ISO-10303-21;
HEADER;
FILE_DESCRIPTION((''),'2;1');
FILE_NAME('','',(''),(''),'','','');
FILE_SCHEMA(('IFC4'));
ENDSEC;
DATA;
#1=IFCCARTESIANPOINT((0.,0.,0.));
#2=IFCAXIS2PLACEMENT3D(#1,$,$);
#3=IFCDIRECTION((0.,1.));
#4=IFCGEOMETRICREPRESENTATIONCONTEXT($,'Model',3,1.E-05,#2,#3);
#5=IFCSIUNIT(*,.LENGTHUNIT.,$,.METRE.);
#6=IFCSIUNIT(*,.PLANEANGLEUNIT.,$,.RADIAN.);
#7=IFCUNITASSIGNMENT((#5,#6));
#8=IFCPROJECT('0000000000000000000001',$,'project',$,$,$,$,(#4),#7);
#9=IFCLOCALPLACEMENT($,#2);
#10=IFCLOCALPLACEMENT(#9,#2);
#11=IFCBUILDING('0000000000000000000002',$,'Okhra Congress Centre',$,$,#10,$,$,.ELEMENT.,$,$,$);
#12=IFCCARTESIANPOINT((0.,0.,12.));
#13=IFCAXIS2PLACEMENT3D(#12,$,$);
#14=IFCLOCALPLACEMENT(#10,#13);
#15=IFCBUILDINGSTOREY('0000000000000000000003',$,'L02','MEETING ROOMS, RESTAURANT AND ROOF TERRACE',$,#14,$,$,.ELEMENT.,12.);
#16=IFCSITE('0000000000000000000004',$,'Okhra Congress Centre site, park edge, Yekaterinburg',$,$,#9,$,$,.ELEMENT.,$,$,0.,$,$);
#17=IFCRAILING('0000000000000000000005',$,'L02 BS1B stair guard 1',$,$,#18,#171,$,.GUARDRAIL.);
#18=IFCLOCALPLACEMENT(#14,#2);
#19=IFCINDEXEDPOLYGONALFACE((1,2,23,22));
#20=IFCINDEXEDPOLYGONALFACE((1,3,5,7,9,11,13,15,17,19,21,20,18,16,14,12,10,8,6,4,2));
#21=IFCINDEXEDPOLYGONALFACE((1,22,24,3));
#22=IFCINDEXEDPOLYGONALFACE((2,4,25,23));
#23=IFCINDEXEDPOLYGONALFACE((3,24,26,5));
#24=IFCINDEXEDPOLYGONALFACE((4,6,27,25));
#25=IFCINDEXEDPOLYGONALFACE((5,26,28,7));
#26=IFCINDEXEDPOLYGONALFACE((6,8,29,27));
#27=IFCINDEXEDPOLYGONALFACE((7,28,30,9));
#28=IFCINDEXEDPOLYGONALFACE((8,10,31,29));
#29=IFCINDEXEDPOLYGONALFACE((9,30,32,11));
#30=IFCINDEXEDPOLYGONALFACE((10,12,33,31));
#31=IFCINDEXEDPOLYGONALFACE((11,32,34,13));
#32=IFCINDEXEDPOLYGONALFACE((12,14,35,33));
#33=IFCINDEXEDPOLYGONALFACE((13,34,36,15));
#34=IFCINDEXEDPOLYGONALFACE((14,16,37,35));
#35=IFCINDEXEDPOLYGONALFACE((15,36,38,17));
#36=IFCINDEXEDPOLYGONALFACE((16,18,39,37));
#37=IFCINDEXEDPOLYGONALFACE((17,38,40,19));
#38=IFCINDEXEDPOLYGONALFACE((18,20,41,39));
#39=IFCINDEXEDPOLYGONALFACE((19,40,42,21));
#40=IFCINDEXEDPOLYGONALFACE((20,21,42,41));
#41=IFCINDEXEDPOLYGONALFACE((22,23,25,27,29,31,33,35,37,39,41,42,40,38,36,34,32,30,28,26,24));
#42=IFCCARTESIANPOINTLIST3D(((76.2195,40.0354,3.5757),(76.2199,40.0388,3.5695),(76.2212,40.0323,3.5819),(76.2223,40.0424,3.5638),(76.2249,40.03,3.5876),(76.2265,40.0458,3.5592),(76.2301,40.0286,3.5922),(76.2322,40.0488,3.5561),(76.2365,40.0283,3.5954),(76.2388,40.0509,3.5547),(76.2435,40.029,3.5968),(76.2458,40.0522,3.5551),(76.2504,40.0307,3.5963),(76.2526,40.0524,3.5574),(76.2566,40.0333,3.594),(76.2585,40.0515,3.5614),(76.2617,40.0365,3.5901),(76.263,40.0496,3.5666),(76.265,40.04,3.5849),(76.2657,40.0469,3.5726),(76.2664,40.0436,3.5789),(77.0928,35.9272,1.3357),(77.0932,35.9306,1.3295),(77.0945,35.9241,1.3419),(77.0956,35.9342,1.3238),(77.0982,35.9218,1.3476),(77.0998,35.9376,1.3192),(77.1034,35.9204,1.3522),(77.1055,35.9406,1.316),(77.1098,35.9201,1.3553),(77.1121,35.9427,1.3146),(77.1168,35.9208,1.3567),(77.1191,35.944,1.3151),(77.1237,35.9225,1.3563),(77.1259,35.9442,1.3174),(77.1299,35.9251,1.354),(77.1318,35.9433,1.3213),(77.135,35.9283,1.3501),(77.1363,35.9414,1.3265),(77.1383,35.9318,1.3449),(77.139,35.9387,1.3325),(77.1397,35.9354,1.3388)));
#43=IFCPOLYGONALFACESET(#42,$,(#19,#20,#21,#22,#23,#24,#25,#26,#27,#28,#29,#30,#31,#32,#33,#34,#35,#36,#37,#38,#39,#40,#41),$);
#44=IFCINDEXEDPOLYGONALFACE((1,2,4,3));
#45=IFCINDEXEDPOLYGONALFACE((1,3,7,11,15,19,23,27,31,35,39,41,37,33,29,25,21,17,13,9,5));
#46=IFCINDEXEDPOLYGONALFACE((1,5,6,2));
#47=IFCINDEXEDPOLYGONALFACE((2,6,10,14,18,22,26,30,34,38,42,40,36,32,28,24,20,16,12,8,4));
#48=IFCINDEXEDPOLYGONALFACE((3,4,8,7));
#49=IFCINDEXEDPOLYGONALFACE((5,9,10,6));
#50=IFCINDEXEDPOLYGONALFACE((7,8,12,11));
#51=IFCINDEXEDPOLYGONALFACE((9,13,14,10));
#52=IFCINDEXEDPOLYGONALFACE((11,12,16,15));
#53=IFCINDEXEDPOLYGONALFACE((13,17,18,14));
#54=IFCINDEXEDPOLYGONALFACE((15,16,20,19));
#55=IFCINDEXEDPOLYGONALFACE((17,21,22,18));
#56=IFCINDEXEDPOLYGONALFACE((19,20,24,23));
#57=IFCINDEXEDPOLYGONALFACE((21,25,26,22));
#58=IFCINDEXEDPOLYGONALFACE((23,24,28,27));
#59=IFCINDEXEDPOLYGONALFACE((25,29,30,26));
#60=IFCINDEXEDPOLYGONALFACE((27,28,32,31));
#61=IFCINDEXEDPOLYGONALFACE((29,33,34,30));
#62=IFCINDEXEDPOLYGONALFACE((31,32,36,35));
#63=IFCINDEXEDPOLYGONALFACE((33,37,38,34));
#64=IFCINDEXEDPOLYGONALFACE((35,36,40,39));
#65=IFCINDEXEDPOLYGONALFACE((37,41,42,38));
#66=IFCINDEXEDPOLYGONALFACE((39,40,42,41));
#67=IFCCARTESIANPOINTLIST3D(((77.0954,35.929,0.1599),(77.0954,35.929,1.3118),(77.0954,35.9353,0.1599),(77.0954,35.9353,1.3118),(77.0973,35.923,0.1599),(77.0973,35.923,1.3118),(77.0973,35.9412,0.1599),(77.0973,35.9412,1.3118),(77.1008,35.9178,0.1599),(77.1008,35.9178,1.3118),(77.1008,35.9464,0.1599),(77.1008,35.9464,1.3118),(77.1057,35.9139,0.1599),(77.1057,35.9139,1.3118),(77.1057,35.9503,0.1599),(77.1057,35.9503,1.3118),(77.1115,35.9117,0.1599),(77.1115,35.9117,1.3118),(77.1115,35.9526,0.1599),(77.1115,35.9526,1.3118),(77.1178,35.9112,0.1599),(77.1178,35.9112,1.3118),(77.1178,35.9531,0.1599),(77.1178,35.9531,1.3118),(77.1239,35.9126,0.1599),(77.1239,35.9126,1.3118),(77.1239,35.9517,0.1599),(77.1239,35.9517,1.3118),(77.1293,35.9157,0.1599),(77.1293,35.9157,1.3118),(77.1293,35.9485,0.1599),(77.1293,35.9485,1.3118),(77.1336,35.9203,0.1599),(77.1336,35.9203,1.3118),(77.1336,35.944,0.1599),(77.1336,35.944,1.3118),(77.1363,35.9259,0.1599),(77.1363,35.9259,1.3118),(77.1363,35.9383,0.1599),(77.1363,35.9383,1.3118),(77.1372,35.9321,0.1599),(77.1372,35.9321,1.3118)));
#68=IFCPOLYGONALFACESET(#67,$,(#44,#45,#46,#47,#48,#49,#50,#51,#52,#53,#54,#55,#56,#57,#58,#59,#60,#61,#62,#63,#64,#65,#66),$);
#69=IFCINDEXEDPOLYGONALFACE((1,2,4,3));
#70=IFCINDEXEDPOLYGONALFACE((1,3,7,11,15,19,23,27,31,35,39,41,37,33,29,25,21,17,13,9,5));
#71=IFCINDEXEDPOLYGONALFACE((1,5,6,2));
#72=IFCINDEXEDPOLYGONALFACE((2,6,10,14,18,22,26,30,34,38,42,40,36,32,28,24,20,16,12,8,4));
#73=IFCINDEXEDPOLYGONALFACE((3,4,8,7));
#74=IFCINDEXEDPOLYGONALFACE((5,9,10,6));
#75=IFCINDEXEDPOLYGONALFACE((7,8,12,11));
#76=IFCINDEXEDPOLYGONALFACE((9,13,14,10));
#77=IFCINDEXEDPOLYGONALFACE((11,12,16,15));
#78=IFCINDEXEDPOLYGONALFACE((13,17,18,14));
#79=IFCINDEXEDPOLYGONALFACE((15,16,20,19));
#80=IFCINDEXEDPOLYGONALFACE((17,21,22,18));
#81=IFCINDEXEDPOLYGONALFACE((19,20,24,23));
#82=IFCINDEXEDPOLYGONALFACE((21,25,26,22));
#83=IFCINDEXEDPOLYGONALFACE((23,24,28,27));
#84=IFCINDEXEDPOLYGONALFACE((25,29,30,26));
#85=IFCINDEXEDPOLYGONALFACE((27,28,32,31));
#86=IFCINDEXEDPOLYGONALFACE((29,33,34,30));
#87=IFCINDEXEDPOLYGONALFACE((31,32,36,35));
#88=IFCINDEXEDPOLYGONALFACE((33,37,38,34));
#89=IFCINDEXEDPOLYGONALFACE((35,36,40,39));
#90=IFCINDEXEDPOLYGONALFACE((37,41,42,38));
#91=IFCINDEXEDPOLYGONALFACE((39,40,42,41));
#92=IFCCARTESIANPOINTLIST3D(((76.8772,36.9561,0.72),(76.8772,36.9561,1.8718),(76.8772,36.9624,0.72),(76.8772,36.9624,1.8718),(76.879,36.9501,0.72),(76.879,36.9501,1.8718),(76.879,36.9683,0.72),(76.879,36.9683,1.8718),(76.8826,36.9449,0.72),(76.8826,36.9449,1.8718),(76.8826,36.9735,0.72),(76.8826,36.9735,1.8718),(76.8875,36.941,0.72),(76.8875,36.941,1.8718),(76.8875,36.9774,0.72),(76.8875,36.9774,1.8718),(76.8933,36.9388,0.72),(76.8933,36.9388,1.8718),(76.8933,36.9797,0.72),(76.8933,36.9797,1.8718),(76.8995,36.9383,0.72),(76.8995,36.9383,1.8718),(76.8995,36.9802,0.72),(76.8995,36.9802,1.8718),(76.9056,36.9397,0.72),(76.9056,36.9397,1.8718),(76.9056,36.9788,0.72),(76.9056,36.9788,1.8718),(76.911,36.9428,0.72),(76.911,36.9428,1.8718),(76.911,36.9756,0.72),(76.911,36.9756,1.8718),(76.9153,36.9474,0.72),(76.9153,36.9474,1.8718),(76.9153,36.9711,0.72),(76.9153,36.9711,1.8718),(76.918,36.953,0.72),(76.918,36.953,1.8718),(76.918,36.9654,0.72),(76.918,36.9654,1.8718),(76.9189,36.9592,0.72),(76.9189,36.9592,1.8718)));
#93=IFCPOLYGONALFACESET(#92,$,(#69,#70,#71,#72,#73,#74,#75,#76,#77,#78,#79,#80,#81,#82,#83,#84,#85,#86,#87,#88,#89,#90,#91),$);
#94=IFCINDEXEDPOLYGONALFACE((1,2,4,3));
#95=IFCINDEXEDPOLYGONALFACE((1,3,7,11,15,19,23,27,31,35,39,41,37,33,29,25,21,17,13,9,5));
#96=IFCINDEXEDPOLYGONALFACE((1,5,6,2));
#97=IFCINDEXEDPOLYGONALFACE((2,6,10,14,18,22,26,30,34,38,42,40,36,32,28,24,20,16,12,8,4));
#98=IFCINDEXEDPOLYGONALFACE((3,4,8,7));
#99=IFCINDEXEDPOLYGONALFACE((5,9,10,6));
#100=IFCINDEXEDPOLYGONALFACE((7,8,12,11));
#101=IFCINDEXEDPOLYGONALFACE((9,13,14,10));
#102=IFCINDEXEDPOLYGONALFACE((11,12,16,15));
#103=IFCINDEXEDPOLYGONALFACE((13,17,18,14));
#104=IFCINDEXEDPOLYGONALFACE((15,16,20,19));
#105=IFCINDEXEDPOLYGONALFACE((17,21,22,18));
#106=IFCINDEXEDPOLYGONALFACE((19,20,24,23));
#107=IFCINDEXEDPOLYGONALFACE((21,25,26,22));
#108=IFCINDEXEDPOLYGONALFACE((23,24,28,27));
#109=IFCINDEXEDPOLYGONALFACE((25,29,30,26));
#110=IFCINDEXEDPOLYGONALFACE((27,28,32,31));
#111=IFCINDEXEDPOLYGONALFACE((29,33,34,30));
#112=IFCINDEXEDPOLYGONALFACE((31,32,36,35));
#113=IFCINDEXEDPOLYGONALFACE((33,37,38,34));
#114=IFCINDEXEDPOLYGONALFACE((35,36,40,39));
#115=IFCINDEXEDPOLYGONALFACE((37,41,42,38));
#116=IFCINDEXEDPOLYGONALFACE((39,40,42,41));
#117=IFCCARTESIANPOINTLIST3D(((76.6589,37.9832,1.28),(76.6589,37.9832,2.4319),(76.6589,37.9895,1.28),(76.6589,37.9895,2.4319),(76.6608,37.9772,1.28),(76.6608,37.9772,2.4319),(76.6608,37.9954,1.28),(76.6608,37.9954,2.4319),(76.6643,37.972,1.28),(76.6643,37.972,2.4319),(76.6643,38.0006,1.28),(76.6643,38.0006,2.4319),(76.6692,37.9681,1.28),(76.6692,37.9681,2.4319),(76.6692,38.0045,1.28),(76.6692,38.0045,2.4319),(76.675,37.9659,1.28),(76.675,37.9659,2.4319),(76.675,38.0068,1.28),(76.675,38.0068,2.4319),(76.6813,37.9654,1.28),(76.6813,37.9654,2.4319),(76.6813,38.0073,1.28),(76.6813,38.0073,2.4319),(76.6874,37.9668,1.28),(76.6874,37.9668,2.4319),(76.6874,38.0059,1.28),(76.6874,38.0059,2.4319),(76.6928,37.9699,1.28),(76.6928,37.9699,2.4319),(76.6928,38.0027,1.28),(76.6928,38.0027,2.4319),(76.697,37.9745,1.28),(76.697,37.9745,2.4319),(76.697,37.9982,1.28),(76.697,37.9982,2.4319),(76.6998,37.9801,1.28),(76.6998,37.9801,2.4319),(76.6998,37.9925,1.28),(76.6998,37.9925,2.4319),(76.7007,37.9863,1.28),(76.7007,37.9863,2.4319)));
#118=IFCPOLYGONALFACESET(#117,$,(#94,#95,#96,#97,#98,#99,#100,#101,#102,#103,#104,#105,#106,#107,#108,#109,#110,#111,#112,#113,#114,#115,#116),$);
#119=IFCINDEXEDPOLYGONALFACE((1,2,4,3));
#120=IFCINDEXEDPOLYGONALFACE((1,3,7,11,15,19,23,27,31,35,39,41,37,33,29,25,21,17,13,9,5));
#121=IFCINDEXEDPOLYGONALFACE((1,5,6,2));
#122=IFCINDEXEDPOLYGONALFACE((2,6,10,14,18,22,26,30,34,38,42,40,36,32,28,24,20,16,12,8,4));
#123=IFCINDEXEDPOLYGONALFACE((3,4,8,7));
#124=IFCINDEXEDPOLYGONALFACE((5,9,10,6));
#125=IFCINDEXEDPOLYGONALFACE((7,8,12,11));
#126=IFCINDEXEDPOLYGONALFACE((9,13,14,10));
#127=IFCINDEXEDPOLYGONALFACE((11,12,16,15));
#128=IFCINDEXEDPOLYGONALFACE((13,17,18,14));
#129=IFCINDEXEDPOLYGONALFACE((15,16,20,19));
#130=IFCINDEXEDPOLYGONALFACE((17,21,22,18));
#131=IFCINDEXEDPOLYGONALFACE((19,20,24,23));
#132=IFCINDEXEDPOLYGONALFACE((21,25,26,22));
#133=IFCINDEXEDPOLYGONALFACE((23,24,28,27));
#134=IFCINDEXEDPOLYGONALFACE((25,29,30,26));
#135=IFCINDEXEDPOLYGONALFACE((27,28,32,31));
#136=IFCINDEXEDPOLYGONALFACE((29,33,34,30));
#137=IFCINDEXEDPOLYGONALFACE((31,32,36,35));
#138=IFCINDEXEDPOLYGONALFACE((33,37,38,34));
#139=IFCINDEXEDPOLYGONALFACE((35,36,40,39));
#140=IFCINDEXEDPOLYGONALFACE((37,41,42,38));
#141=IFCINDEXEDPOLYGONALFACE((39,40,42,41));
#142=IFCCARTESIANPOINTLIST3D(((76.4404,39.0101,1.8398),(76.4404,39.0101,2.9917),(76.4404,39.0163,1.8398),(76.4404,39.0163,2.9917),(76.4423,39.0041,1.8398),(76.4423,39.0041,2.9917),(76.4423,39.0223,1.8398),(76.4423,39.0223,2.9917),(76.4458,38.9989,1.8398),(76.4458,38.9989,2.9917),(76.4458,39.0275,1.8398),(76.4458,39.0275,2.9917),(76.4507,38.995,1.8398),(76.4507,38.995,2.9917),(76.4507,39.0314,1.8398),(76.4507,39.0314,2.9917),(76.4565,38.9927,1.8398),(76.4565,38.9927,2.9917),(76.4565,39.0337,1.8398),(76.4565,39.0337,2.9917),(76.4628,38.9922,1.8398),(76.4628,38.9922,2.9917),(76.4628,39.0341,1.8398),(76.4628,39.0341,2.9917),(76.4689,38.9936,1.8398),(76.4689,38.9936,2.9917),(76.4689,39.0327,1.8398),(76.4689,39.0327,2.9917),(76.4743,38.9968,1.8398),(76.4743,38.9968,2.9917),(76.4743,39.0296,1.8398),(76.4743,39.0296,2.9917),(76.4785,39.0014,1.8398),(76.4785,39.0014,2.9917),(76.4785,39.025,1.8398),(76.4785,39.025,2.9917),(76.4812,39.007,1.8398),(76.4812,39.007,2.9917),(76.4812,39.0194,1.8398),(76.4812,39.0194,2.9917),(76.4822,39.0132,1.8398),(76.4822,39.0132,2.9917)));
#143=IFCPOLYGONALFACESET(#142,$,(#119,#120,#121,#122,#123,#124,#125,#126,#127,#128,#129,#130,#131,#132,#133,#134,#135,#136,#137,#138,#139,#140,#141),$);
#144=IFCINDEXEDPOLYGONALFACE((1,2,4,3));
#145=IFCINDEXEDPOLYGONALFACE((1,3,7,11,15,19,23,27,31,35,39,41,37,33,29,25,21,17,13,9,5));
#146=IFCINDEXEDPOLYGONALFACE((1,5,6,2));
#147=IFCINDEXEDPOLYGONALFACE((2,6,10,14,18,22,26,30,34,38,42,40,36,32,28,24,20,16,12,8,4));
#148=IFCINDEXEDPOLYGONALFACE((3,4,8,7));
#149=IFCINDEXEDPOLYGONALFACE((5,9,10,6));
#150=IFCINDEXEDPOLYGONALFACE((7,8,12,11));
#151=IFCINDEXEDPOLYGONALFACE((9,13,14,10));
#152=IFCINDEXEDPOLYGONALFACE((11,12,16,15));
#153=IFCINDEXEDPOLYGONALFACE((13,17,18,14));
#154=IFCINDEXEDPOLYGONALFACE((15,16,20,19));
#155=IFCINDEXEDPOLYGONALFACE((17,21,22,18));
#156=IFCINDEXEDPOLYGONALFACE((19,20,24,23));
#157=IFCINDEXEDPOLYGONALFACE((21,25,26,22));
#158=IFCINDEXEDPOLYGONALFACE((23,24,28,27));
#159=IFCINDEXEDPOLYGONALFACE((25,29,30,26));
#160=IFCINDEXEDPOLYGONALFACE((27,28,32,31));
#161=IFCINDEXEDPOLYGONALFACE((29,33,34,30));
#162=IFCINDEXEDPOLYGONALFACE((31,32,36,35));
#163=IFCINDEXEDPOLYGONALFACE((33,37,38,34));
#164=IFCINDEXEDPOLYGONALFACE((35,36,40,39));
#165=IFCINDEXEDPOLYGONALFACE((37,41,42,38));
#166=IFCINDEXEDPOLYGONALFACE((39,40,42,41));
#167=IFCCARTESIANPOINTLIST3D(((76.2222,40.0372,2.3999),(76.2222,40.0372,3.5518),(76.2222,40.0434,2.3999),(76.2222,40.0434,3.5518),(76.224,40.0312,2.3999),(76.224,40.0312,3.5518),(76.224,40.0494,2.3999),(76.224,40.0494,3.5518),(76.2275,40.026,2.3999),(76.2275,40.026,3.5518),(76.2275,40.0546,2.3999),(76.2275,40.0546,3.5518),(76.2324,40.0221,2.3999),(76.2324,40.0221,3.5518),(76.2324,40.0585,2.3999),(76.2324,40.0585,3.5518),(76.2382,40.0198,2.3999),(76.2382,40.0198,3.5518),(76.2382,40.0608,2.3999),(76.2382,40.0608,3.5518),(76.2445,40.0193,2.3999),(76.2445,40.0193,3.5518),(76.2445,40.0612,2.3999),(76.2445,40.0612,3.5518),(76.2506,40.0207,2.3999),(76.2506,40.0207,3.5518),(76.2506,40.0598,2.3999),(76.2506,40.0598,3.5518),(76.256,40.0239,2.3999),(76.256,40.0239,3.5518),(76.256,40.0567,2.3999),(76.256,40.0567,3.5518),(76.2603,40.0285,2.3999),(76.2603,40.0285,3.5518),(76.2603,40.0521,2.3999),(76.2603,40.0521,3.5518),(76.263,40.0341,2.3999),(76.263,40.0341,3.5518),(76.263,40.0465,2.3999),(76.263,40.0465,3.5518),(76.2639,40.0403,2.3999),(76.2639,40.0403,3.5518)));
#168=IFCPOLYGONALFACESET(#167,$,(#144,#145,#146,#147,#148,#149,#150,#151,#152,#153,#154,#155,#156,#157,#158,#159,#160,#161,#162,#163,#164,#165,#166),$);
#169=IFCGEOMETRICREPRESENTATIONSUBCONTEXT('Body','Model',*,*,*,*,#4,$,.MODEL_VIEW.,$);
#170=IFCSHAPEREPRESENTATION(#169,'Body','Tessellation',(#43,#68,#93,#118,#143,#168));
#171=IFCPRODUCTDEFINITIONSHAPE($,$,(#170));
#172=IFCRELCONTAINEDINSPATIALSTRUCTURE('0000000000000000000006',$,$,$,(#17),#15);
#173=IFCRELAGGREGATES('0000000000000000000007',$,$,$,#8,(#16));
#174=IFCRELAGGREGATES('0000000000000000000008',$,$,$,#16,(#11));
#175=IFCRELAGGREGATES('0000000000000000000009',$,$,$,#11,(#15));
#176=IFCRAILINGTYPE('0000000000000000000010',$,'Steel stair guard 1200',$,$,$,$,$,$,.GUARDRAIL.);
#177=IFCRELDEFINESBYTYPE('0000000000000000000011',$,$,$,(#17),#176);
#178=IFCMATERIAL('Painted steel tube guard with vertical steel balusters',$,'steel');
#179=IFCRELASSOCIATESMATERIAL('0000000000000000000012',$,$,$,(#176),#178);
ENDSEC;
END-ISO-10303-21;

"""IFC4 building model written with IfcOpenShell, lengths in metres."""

from ifc_helpers import new_model, si_unit, direction, frame, origin, origin_2d, place, context, subcontext, project, spatial, circle, extrude, material, type_object, element, save


model = new_model("IFC4")

# Units and contexts
model_context = context("Model", 3, precision=1e-05, world=origin(), true_north=direction((0.0, 1.0)))
body_context = subcontext(model_context, "Body", "Model", "MODEL_VIEW")
ifc_project = project(units=[si_unit("LENGTHUNIT", "METRE"), si_unit("PLANEANGLEUNIT", "RADIAN")], contexts=[model_context])

# Site, building, storey
site_placement = place(None, origin())
site = spatial("IfcSite", under=ifc_project, at=site_placement, Name="Okhra Congress Centre site, park edge, Yekaterinburg", CompositionType="ELEMENT", RefElevation=0.0)
building_placement = place(site_placement, origin())
building = spatial("IfcBuilding", under=site, at=building_placement, Name="Okhra Congress Centre", CompositionType="ELEMENT")
storey_placement = place(building_placement, frame((0.0, 0.0, 12.0)))
storey = spatial("IfcBuildingStorey", under=building, at=storey_placement, Name="L02", Description="MEETING ROOMS, RESTAURANT AND ROOF TERRACE", CompositionType="ELEMENT", Elevation=12.0)

# Railing
ifc_material_1 = material(Name="Painted steel tube guard with vertical steel balusters", Category="steel")
railing_type_1 = type_object("IfcRailingType", Name="Steel stair guard 1200", PredefinedType="GUARDRAIL", material=ifc_material_1)
railing_1_placement = place(storey_placement, frame((77.1162, 35.9321, 0.1599)))
element("IfcRailing", 1, at=railing_1_placement, inside=storey, type_object=railing_type_1, Name="L02 BS1B stair guard 1", PredefinedType="GUARDRAIL", context=body_context, shape_type="SweptSolid", body=[
    extrude(circle(Radius=0.0239, at=origin_2d()), frame((0.0, 0.0, 1.1758), z_axis=(-0.183466, 0.863067, 0.470591), x_axis=(-0.978144, -0.207929, 0.0)), (0.0, 0.0, 1.0), 4.76),
    extrude(circle(Radius=0.021, at=origin_2d()), origin(), (0.0, 0.0, 1.0), 1.1519),
    extrude(circle(Radius=0.021, at=origin_2d()), frame((-0.2183, 1.0271, 0.5601)), (0.0, 0.0, 1.0), 1.1519),
    extrude(circle(Radius=0.021, at=origin_2d()), frame((-0.4365, 2.0542, 1.1201)), (0.0, 0.0, 1.0), 1.1519),
    extrude(circle(Radius=0.021, at=origin_2d()), frame((-0.655, 3.0811, 1.6799)), (0.0, 0.0, 1.0), 1.1519),
    extrude(circle(Radius=0.021, at=origin_2d()), frame((-0.8733, 4.1082, 2.24)), (0.0, 0.0, 1.0), 1.1519),
])

save(model, "model.ifc")
